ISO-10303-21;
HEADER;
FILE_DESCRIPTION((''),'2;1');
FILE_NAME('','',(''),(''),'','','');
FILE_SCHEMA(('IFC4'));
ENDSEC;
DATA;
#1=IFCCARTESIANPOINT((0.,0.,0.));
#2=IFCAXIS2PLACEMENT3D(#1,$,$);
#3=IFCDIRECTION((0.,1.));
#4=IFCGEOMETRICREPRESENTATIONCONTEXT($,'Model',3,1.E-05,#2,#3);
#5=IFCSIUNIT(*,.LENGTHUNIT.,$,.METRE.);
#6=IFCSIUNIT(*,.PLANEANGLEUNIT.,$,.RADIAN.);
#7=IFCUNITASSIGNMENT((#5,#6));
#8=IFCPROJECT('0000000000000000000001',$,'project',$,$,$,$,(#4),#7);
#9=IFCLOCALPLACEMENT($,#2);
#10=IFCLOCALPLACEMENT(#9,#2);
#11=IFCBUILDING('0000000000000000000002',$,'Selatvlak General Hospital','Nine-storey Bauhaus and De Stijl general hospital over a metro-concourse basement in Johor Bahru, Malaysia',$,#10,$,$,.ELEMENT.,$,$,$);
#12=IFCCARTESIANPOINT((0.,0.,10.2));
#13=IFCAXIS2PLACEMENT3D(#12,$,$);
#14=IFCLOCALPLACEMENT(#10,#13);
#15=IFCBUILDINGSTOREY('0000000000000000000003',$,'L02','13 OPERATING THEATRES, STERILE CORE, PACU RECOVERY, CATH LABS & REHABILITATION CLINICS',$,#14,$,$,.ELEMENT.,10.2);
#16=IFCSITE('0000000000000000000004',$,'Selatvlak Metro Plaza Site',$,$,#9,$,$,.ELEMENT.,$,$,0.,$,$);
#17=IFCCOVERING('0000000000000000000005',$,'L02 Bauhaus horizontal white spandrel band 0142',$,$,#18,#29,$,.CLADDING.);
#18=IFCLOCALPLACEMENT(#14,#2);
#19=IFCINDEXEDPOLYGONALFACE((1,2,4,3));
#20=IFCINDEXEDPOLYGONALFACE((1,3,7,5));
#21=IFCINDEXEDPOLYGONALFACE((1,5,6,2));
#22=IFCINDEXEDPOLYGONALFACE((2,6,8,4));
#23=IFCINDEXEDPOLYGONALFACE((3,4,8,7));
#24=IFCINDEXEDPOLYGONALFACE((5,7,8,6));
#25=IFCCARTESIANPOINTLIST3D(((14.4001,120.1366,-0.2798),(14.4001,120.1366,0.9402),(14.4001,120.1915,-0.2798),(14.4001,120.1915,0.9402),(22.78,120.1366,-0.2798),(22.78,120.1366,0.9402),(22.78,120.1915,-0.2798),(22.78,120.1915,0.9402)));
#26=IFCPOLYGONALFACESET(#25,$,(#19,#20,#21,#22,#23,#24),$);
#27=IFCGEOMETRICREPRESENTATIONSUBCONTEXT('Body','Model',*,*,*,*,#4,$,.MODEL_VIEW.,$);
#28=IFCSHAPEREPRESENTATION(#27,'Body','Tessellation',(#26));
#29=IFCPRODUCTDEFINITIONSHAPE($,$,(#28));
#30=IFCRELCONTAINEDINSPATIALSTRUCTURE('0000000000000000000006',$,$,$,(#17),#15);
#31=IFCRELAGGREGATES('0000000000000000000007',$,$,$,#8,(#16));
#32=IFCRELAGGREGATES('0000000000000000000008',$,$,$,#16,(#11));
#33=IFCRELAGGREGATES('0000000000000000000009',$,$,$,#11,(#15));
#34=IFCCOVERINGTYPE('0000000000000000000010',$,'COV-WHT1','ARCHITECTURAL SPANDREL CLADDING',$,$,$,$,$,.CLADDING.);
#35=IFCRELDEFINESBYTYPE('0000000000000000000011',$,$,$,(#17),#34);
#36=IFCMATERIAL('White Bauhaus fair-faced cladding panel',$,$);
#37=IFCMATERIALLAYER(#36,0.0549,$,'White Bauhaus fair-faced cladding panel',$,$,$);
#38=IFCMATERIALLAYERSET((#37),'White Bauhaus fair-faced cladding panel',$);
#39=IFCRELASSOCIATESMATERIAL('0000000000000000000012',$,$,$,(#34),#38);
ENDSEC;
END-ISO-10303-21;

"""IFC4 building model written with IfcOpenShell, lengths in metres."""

from ifc_helpers import new_model, si_unit, direction, frame, origin, origin_2d, place, context, subcontext, project, spatial, rectangle, extrude, material, layer, layer_set, type_object, element, save


model = new_model("IFC4")

# Units and contexts
model_context = context("Model", 3, precision=1e-05, world=origin(), true_north=direction((0.0, 1.0)))
body_context = subcontext(model_context, "Body", "Model", "MODEL_VIEW")
ifc_project = project(units=[si_unit("LENGTHUNIT", "METRE"), si_unit("PLANEANGLEUNIT", "RADIAN")], contexts=[model_context])

# Site, building, storey
site_placement = place(None, origin())
site = spatial("IfcSite", under=ifc_project, at=site_placement, Name="Selatvlak Metro Plaza Site", CompositionType="ELEMENT", RefElevation=0.0)
building_placement = place(site_placement, origin())
building = spatial("IfcBuilding", under=site, at=building_placement, Name="Selatvlak General Hospital", Description="Nine-storey Bauhaus and De Stijl general hospital over a metro-concourse basement in Johor Bahru, Malaysia", CompositionType="ELEMENT")
storey_placement = place(building_placement, frame((0.0, 0.0, 10.2)))
storey = spatial("IfcBuildingStorey", under=building, at=storey_placement, Name="L02", Description="13 OPERATING THEATRES, STERILE CORE, PACU RECOVERY, CATH LABS & REHABILITATION CLINICS", CompositionType="ELEMENT", Elevation=10.2)

# Covering
ifc_material_1 = material(Name="White Bauhaus fair-faced cladding panel")
ifc_layer_1 = layer(ifc_material_1, 0.0549, Name="White Bauhaus fair-faced cladding panel")
ifc_layer_set_1 = layer_set([ifc_layer_1], Name="White Bauhaus fair-faced cladding panel")
covering_type = type_object("IfcCoveringType", Name="COV-WHT1", Description="ARCHITECTURAL SPANDREL CLADDING", PredefinedType="CLADDING", material=ifc_layer_set_1)
covering_1_placement = place(storey_placement, frame((18.5901, 120.1641, -0.2798), z_axis=(0.0, 0.0, 1.0), x_axis=(1.0, 0.0, 0.0)))
element("IfcCovering", 1, at=covering_1_placement, inside=storey, type_object=covering_type, Name="L02 Bauhaus horizontal white spandrel band 0142", PredefinedType="CLADDING", context=body_context, shape_type="SweptSolid", body=[
    extrude(rectangle(XDim=8.3799, YDim=0.0549, at=origin_2d()), origin(), (0.0, 0.0, 1.0), 1.22),
])

save(model, "model.ifc")
